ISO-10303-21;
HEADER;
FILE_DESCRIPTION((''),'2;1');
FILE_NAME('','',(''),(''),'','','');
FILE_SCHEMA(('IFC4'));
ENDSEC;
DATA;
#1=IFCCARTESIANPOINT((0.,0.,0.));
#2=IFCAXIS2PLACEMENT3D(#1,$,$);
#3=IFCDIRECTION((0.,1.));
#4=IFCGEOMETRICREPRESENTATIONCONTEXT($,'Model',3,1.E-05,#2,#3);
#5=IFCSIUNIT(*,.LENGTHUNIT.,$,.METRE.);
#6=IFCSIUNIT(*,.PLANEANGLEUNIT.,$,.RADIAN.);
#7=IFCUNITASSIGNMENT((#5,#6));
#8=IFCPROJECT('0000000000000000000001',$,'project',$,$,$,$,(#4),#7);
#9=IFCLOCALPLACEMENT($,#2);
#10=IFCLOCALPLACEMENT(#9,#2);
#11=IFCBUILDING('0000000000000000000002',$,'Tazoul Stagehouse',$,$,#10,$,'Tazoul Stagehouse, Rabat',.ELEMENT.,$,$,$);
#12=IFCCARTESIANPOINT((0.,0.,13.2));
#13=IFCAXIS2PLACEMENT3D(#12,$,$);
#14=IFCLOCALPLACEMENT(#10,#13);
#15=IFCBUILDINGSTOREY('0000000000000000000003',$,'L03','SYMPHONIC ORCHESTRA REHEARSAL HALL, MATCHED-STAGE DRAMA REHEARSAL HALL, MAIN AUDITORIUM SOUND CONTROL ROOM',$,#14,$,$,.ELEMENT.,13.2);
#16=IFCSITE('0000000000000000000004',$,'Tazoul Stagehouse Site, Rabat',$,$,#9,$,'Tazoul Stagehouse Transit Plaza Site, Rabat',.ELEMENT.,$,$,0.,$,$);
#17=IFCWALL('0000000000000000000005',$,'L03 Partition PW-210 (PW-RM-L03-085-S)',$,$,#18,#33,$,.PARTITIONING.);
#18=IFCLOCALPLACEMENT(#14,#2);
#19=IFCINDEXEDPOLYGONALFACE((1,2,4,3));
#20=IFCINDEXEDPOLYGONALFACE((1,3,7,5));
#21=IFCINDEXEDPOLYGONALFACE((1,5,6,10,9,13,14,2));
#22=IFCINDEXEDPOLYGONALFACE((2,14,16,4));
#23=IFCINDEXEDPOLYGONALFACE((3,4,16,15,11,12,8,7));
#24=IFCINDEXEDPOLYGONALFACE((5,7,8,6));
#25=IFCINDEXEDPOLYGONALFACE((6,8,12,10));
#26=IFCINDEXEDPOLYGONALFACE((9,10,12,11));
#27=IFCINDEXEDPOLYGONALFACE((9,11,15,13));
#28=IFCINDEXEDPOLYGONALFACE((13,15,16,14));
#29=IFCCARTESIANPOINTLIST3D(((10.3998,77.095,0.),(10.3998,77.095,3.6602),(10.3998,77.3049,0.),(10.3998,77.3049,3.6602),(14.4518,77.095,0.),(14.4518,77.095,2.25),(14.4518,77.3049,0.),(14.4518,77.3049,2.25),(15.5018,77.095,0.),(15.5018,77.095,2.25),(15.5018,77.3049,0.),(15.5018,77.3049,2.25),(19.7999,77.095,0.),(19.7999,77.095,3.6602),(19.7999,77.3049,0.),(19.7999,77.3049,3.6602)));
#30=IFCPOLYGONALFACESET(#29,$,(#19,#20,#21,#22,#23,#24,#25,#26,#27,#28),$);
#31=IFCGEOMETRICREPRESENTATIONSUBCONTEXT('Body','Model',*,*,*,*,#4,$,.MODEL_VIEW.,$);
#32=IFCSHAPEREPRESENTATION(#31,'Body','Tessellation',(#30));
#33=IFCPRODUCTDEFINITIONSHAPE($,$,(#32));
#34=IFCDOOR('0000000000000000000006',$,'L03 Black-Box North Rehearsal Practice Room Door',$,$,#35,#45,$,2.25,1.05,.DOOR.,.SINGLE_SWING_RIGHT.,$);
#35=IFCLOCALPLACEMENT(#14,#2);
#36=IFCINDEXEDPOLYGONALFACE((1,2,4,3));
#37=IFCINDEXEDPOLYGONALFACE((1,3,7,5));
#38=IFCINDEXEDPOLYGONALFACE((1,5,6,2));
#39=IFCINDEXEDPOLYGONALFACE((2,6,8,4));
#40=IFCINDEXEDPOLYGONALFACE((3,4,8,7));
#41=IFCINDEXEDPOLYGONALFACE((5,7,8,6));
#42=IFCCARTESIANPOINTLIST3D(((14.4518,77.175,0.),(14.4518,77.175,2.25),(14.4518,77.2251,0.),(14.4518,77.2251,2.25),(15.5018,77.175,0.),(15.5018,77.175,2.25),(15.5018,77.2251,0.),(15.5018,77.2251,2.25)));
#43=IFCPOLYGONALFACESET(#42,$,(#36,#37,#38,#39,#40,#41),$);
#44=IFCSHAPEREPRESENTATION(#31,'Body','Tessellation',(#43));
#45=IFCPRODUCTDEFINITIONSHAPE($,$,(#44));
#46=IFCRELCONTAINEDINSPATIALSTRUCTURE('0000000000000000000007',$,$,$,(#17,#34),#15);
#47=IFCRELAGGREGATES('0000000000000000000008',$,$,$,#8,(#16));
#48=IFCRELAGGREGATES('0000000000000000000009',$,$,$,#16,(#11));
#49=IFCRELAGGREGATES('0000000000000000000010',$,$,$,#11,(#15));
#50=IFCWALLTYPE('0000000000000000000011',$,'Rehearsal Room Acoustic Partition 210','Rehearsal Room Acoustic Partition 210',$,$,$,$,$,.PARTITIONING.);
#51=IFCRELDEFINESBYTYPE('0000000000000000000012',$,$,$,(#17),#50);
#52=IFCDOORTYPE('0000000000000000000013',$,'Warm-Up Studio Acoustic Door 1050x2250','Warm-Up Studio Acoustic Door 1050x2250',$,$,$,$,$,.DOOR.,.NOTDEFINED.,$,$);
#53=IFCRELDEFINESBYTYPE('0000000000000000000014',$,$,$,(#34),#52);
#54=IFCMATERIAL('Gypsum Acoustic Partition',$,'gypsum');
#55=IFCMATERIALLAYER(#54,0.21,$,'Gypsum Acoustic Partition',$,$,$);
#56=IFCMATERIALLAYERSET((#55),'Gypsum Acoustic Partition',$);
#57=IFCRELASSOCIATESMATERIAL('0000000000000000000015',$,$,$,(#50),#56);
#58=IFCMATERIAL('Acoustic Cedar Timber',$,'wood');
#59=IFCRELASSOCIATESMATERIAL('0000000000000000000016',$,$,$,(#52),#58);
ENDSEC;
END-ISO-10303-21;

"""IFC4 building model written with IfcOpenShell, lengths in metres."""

from ifc_helpers import new_model, si_unit, direction, frame, frame_2d, origin, place, context, subcontext, project, spatial, rectangle, extrude, material, layer, layer_set, type_object, element, fill, save


model = new_model("IFC4")

# Units and contexts
model_context = context("Model", 3, precision=1e-05, world=origin(), true_north=direction((0.0, 1.0)))
body_context = subcontext(model_context, "Body", "Model", "MODEL_VIEW")
ifc_project = project(units=[si_unit("LENGTHUNIT", "METRE"), si_unit("PLANEANGLEUNIT", "RADIAN")], contexts=[model_context])

# Site, building, storey
site_placement = place(None, origin())
site = spatial("IfcSite", under=ifc_project, at=site_placement, Name="Tazoul Stagehouse Site, Rabat", LongName="Tazoul Stagehouse Transit Plaza Site, Rabat", CompositionType="ELEMENT", RefElevation=0.0)
building_placement = place(site_placement, origin())
building = spatial("IfcBuilding", under=site, at=building_placement, Name="Tazoul Stagehouse", LongName="Tazoul Stagehouse, Rabat", CompositionType="ELEMENT")
storey_placement = place(building_placement, frame((0.0, 0.0, 13.2)))
storey = spatial("IfcBuildingStorey", under=building, at=storey_placement, Name="L03", Description="SYMPHONIC ORCHESTRA REHEARSAL HALL, MATCHED-STAGE DRAMA REHEARSAL HALL, MAIN AUDITORIUM SOUND CONTROL ROOM", CompositionType="ELEMENT", Elevation=13.2)

# Wall, opening, door
ifc_material_1 = material(Name="Gypsum Acoustic Partition", Category="gypsum")
ifc_layer_1 = layer(ifc_material_1, 0.21, Name="Gypsum Acoustic Partition")
ifc_layer_set_1 = layer_set([ifc_layer_1], Name="Gypsum Acoustic Partition")
wall_type_1 = type_object("IfcWallType", Name="Rehearsal Room Acoustic Partition 210", Description="Rehearsal Room Acoustic Partition 210", PredefinedType="PARTITIONING", material=ifc_layer_set_1)
wall_1_placement = place(storey_placement, frame((19.8, 77.2, 0.0), z_axis=(0.0, 0.0, 1.0), x_axis=(-1.0, 0.0, 0.0)))
wall_1 = element("IfcWall", 1, at=wall_1_placement, inside=storey, type_object=wall_type_1, Name="L03 Partition PW-210 (PW-RM-L03-085-S)", PredefinedType="PARTITIONING", context=body_context, shape_type="SweptSolid", body=[
    extrude(rectangle(XDim=9.4001, YDim=0.21, at=frame_2d((4.7002, 0.0))), origin(), (0.0, 0.0, 1.0), 3.6602),
])
opening_1_placement = place(wall_1_placement, frame((4.2983, 0.0, 0.0)))
opening_1 = element("IfcOpeningElement", 2, at=opening_1_placement, cuts=wall_1, PredefinedType="OPENING", context=body_context, shape_type="SweptSolid", body=[
    extrude(rectangle(XDim=1.05, YDim=2.25, at=frame_2d((0.5249, 1.125))), frame((0.0, 0.125, 0.0), z_axis=(0.0, -1.0, 0.0), x_axis=(1.0, 0.0, 0.0)), (0.0, 0.0, 1.0), 0.25),
])
ifc_material_2 = material(Name="Acoustic Cedar Timber", Category="wood")
door_type_1 = type_object("IfcDoorType", Name="Warm-Up Studio Acoustic Door 1050x2250", Description="Warm-Up Studio Acoustic Door 1050x2250", OperationType="NOTDEFINED", PredefinedType="DOOR", material=ifc_material_2)
door_1_placement = place(opening_1_placement, origin())
door_1 = element("IfcDoor", 3, at=door_1_placement, inside=storey, type_object=door_type_1, Name="L03 Black-Box North Rehearsal Practice Room Door", OperationType="SINGLE_SWING_RIGHT", OverallHeight=2.25, OverallWidth=1.05, PredefinedType="DOOR", context=body_context, shape_type="SweptSolid", body=[
    extrude(rectangle(XDim=1.05, YDim=2.25, at=frame_2d((0.5249, 1.125))), frame((0.0, 0.0249, 0.0), z_axis=(0.0, -1.0, 0.0), x_axis=(1.0, 0.0, 0.0)), (0.0, 0.0, 1.0), 0.05),
])
fill(opening_1, door_1)

save(model, "model.ifc")
